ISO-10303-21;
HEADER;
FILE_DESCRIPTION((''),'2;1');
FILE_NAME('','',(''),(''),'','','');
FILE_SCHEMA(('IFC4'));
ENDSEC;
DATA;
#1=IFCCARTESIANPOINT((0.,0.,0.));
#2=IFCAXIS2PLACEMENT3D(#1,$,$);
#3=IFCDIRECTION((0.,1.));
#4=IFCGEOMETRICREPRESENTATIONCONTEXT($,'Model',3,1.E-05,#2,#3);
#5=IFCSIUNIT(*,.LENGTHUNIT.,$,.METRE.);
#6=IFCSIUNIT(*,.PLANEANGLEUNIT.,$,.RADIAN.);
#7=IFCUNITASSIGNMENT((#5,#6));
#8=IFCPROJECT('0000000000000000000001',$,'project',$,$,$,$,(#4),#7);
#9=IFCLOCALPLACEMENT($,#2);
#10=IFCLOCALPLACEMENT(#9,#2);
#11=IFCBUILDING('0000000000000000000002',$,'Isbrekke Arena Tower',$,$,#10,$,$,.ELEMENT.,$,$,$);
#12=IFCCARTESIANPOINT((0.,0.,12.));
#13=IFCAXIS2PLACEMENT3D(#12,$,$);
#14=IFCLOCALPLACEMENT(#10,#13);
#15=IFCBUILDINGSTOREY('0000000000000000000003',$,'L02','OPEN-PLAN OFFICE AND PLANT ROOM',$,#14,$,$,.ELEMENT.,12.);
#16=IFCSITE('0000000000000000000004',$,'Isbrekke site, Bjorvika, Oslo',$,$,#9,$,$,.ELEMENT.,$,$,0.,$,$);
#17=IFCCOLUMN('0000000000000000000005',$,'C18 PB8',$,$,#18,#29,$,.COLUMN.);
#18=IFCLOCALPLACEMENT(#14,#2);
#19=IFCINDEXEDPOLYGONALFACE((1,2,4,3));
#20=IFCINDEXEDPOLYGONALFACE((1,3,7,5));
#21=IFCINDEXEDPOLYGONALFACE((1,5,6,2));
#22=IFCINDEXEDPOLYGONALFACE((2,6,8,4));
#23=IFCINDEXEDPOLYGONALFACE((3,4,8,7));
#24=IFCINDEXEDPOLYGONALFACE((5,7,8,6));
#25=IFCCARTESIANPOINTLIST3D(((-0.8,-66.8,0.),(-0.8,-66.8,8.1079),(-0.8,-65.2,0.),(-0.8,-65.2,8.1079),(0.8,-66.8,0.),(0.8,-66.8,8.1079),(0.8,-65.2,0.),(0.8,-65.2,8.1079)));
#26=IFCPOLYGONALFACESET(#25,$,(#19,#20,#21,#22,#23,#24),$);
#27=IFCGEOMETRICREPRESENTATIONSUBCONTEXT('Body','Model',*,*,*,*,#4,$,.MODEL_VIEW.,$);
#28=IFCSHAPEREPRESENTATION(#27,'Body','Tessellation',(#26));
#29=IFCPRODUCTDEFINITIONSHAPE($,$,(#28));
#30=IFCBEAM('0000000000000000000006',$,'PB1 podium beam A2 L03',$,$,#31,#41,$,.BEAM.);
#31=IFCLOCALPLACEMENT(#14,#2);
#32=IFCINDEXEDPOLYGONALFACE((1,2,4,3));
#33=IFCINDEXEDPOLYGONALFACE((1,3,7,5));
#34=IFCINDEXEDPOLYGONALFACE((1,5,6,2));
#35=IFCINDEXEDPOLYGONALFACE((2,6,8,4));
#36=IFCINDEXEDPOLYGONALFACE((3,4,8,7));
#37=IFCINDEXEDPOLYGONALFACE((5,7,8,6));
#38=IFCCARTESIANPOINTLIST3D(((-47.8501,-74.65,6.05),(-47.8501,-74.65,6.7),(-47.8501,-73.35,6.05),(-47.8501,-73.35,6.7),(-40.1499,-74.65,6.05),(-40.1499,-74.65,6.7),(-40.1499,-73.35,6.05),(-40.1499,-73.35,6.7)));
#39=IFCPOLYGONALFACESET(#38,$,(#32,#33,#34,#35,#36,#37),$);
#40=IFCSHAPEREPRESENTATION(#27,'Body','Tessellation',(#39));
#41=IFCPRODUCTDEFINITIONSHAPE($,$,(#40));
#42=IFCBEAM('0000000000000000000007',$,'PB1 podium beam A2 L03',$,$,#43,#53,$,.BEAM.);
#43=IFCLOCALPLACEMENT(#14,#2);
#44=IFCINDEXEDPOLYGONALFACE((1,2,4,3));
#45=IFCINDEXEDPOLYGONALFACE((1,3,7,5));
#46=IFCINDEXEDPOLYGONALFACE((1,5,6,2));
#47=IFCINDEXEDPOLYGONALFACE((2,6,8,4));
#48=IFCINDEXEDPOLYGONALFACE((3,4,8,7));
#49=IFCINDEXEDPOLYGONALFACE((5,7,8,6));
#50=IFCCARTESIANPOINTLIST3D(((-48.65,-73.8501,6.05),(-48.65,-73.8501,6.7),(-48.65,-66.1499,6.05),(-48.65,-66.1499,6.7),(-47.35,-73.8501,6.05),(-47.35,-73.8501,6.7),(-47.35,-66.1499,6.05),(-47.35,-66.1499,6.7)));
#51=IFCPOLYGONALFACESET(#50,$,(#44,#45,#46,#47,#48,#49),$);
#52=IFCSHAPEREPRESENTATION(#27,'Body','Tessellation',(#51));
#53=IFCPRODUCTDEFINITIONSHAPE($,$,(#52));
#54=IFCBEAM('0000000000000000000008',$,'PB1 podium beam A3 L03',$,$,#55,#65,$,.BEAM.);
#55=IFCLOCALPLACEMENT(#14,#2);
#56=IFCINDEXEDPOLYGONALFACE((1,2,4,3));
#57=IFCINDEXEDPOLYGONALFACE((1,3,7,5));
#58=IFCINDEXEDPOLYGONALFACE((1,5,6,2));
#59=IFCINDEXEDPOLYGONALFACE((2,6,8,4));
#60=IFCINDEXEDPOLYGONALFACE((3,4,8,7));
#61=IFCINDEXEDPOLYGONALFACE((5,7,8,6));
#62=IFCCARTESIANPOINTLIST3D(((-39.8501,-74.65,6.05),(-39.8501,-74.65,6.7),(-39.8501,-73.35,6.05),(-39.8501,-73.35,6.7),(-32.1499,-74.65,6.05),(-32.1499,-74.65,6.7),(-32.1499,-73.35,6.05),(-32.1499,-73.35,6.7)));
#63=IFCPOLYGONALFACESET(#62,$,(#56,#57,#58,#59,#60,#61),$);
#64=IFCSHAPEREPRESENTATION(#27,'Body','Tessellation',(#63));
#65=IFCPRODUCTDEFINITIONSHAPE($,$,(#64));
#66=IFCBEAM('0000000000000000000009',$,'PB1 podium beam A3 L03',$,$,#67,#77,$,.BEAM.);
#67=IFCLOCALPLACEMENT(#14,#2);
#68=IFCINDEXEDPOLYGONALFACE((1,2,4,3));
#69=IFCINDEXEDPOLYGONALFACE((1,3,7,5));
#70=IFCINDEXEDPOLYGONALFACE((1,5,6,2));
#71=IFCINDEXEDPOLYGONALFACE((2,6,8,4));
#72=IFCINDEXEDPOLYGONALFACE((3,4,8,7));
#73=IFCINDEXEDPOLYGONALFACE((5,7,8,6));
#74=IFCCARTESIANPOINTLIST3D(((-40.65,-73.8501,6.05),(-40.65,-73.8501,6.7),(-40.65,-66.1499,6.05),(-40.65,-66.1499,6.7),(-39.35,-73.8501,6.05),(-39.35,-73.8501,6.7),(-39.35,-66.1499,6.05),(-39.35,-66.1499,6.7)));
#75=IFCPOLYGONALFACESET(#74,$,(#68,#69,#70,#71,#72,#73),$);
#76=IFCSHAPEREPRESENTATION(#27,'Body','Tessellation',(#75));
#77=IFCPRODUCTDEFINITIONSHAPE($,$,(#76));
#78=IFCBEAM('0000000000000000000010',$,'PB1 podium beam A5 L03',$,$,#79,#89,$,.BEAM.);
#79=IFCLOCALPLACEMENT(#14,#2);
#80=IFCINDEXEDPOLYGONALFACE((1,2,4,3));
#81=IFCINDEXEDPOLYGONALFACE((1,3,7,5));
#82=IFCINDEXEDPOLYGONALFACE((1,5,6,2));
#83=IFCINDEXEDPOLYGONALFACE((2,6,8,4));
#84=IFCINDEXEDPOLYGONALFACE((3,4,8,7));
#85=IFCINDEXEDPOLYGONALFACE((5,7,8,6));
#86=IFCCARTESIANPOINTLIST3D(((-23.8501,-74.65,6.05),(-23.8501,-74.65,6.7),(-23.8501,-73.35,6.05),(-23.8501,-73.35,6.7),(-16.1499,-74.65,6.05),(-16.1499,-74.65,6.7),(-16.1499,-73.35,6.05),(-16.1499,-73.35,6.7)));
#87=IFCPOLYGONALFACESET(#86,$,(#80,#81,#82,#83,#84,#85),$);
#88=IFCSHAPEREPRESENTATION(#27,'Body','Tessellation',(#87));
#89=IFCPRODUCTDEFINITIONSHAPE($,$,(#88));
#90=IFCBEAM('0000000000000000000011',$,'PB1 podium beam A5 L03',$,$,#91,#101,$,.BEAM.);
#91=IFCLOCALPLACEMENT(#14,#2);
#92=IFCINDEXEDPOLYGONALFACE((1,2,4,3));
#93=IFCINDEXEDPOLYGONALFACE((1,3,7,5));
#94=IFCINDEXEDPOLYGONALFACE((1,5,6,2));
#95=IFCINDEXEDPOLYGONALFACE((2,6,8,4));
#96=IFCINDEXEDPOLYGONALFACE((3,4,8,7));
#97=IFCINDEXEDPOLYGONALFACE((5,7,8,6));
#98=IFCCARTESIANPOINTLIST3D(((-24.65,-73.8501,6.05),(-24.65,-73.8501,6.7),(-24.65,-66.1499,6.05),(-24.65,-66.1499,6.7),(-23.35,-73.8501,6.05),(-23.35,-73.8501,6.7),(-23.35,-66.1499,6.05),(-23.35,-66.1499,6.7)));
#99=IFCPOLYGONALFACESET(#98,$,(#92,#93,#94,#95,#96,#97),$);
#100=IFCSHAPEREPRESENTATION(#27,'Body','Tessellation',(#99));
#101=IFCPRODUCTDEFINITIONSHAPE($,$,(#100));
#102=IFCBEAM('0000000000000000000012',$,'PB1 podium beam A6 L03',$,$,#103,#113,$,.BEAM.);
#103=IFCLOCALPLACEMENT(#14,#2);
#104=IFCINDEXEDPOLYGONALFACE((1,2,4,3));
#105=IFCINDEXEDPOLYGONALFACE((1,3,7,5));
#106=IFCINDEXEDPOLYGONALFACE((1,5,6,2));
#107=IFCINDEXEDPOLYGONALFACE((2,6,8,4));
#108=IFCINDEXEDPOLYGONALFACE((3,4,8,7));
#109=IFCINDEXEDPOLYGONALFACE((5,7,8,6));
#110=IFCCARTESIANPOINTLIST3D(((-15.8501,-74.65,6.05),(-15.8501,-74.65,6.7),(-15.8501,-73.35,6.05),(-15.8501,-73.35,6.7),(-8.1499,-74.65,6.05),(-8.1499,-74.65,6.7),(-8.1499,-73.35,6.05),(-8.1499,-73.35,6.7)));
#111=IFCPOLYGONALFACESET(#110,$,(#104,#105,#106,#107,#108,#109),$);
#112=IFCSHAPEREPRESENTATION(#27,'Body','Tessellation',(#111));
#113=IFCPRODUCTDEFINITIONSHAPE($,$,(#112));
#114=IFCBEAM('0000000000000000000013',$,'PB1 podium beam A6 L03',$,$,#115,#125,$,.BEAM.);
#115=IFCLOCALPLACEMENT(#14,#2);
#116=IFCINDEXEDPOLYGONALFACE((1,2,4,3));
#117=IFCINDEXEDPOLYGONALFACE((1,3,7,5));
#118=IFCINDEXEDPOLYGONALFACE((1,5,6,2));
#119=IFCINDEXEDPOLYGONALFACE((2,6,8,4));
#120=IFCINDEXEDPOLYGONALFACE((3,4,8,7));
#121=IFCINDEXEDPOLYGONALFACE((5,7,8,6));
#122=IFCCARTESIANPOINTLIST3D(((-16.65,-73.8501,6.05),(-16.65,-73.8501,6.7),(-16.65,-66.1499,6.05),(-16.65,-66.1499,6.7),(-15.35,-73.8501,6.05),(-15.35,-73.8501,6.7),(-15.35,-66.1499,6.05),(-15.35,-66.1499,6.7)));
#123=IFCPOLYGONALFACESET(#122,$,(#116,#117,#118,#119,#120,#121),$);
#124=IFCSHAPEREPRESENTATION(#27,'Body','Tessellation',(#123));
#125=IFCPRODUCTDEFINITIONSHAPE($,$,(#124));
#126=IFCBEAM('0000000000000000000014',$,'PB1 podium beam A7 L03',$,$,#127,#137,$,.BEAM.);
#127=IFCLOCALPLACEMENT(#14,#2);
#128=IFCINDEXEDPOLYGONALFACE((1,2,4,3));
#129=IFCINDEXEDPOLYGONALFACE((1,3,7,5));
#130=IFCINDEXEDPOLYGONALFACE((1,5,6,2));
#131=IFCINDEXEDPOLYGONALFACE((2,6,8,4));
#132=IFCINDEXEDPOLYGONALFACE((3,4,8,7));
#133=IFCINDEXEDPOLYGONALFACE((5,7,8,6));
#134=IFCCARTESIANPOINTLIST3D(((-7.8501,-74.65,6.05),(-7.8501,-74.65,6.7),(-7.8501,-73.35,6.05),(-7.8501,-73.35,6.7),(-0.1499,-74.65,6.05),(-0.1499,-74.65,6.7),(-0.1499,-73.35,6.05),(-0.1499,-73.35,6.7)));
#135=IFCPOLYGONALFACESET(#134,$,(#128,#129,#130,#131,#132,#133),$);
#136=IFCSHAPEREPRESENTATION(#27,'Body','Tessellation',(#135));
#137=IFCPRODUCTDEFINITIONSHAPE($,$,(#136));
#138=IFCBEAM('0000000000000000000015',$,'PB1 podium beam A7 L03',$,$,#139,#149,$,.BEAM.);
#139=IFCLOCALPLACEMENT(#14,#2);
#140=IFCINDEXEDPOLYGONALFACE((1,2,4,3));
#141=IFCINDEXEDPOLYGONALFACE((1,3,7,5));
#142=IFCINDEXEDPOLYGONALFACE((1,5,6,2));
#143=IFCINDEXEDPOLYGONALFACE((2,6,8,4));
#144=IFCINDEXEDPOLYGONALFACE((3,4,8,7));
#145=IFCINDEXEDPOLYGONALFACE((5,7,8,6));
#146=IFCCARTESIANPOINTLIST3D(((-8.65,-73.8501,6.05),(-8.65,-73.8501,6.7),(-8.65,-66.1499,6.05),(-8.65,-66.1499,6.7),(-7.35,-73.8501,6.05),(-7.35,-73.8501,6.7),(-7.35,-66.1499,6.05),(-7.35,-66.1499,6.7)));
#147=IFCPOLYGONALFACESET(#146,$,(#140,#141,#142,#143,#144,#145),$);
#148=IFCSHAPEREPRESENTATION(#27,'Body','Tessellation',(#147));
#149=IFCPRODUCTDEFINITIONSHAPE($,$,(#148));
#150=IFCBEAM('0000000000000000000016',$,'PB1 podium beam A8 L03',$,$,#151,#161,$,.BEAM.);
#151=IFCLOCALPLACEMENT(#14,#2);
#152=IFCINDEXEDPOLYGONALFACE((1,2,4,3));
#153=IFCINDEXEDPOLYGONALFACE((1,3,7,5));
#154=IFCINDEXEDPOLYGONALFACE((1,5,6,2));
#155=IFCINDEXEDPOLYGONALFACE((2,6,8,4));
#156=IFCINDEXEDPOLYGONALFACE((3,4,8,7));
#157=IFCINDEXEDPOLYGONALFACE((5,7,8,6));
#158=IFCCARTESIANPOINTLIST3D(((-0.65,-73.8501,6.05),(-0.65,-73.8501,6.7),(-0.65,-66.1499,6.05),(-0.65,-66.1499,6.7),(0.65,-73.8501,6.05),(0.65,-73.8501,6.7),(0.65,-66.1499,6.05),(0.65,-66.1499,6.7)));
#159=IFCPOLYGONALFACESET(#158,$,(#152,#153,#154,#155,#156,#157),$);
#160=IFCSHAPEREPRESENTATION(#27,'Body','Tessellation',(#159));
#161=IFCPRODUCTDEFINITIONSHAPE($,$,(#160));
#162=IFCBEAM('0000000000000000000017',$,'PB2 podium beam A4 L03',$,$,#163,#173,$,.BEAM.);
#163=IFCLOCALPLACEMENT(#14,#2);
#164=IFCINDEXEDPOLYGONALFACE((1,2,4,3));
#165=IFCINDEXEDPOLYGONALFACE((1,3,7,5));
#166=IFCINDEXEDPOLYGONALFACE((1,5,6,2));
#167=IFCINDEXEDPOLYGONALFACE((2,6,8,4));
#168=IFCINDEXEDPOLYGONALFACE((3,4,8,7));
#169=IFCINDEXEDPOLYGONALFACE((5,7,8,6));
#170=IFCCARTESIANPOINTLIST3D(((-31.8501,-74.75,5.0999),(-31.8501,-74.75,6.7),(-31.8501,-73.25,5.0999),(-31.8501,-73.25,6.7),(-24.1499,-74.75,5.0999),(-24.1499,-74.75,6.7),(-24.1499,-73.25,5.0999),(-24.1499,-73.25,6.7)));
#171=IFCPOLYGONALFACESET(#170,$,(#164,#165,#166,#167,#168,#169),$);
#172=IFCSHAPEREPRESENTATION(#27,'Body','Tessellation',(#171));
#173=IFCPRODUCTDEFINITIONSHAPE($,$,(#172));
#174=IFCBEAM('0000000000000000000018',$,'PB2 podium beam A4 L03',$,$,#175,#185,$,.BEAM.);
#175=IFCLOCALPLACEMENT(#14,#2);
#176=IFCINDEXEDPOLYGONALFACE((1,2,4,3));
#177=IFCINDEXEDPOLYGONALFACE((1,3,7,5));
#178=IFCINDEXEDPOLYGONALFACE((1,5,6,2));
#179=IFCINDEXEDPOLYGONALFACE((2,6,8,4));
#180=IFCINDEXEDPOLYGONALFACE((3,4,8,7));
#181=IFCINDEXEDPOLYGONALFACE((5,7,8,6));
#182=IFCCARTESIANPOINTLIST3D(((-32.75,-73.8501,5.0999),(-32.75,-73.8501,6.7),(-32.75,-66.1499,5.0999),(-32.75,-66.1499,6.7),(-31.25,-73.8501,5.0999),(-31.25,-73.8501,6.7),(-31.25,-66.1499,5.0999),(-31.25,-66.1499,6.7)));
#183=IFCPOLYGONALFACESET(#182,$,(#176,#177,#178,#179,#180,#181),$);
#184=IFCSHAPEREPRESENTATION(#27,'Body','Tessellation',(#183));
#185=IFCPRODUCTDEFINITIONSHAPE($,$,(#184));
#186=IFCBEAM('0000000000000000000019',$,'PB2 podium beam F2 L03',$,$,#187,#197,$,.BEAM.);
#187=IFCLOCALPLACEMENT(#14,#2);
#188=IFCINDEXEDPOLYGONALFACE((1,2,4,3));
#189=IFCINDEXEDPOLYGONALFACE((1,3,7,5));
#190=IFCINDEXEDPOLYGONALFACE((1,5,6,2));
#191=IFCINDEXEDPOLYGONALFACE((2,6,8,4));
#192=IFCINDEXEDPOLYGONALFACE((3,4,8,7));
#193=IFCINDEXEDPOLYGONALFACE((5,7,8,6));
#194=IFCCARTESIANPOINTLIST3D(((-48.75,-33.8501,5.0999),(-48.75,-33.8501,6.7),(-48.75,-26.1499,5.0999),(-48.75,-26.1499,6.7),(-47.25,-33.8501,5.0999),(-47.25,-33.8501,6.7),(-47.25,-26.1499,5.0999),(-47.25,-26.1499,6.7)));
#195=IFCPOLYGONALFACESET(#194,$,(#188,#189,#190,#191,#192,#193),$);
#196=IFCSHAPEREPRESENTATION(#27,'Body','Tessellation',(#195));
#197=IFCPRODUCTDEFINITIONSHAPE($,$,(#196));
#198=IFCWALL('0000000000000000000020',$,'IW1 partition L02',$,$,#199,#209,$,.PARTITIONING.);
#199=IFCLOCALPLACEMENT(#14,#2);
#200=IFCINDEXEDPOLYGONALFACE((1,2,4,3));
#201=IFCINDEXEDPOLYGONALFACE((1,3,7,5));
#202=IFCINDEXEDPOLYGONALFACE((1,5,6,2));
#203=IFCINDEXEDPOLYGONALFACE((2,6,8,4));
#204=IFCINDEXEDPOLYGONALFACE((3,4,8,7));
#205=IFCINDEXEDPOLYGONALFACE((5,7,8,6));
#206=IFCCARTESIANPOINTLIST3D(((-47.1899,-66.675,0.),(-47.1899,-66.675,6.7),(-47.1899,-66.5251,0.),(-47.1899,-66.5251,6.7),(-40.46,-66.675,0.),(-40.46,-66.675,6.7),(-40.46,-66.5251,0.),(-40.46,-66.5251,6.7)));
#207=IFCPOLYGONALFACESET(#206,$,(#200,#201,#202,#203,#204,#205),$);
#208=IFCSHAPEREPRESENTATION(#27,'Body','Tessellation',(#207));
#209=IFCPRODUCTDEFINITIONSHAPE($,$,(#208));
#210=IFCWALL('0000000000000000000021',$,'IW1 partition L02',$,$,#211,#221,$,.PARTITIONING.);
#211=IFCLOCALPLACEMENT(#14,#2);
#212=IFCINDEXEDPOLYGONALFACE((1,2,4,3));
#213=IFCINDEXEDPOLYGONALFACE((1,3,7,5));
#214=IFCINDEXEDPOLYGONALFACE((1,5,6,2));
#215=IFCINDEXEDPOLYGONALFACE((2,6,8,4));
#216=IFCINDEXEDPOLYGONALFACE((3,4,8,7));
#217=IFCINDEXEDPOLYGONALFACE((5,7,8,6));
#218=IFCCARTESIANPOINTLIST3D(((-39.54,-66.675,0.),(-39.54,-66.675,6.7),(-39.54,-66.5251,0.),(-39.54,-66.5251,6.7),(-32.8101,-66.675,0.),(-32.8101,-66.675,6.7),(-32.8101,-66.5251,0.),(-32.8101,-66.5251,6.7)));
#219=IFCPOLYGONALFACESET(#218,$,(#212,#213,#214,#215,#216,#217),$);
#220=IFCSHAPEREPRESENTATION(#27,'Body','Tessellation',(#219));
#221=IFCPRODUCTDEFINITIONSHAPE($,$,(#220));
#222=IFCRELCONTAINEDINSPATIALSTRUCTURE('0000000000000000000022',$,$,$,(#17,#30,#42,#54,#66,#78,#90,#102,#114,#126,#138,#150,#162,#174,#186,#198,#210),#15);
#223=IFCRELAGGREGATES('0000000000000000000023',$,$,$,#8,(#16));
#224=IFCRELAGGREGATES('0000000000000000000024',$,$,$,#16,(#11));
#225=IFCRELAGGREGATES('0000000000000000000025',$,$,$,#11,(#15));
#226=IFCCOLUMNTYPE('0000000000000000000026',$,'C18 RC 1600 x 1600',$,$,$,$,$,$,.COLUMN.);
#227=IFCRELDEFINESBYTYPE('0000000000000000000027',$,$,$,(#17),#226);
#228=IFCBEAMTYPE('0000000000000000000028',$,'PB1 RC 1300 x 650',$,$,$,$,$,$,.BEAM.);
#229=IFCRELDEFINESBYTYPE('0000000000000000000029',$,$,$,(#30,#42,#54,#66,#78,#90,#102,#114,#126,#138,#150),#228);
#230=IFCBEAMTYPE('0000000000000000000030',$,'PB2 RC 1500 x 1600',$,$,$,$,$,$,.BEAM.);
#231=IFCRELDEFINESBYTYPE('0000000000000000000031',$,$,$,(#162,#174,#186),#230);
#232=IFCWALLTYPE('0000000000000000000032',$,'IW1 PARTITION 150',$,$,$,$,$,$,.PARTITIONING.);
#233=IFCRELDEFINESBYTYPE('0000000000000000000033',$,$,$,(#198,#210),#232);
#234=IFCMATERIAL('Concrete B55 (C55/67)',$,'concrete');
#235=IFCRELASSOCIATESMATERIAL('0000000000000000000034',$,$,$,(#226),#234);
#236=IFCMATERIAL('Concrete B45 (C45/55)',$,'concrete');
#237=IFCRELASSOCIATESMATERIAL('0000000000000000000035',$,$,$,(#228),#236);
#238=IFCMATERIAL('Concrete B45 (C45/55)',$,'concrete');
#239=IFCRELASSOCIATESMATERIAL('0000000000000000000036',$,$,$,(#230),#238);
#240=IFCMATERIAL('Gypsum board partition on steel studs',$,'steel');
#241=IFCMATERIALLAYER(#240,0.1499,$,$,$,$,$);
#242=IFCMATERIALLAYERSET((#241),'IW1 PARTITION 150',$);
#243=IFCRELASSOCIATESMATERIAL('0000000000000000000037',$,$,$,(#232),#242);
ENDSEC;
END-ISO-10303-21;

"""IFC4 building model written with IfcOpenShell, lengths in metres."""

from ifc_helpers import new_model, si_unit, direction, frame, frame_2d, origin, origin_2d, place, context, subcontext, project, spatial, rectangle, extrude, material, layer, layer_set, material_profile, profile_set, type_object, element, save


model = new_model("IFC4")

# Units and contexts
model_context = context("Model", 3, precision=1e-05, world=origin(), true_north=direction((0.0, 1.0)))
body_context = subcontext(model_context, "Body", "Model", "MODEL_VIEW")
ifc_project = project(units=[si_unit("LENGTHUNIT", "METRE"), si_unit("PLANEANGLEUNIT", "RADIAN")], contexts=[model_context])

# Site, building, storey
site_placement = place(None, origin())
site = spatial("IfcSite", under=ifc_project, at=site_placement, Name="Isbrekke site, Bjorvika, Oslo", CompositionType="ELEMENT", RefElevation=0.0)
building_placement = place(site_placement, origin())
building = spatial("IfcBuilding", under=site, at=building_placement, Name="Isbrekke Arena Tower", CompositionType="ELEMENT")
storey_placement = place(building_placement, frame((0.0, 0.0, 12.0)))
storey = spatial("IfcBuildingStorey", under=building, at=storey_placement, Name="L02", Description="OPEN-PLAN OFFICE AND PLANT ROOM", CompositionType="ELEMENT", Elevation=12.0)

# Column
ifc_material_1 = material(Name="Concrete B55 (C55/67)", Category="concrete")
ifc_material_profile_1 = material_profile(ifc_material_1, rectangle(XDim=1.6001, YDim=1.6001, at=origin_2d()), Name="RC 1600x1600")
ifc_profile_set_1 = profile_set([ifc_material_profile_1], Name="Concrete B55 (C55/67)")
column_type_1 = type_object("IfcColumnType", Name="C18 RC 1600 x 1600", PredefinedType="COLUMN", material=ifc_profile_set_1)
column_1_placement = place(storey_placement, frame((0.0, -66.0, 0.0), z_axis=(0.0, 0.0, 1.0), x_axis=(1.0, 0.0, 0.0)))
element("IfcColumn", 1, at=column_1_placement, inside=storey, type_object=column_type_1, Name="C18 PB8", PredefinedType="COLUMN", context=body_context, shape_type="SweptSolid", body=[
    extrude(rectangle(XDim=1.6001, YDim=1.6001, at=origin_2d()), origin(), (0.0, 0.0, 1.0), 8.1079),
])

# Beams
ifc_material_2 = material(Name="Concrete B45 (C45/55)", Category="concrete")
ifc_material_profile_2 = material_profile(ifc_material_2, rectangle(XDim=1.3, YDim=0.6499, at=origin_2d()), Name="RC 1300x650")
ifc_profile_set_2 = profile_set([ifc_material_profile_2], Name="Concrete B45 (C45/55)")
beam_type_1 = type_object("IfcBeamType", Name="PB1 RC 1300 x 650", PredefinedType="BEAM", material=ifc_profile_set_2)
for number, where, z_axis, x_axis, name in (
    (2, (-47.8501, -74.0, 6.375), (1.0, 0.0, 0.0), (0.0, 1.0, 0.0), "PB1 podium beam A2 L03"),
    (3, (-48.0, -73.8501, 6.375), (0.0, 1.0, 0.0), (-1.0, 0.0, 0.0), "PB1 podium beam A2 L03"),
    (4, (-39.8501, -74.0, 6.375), (1.0, 0.0, 0.0), (0.0, 1.0, 0.0), "PB1 podium beam A3 L03"),
    (5, (-40.0, -73.8501, 6.375), (0.0, 1.0, 0.0), (-1.0, 0.0, 0.0), "PB1 podium beam A3 L03"),
    (6, (-23.8501, -74.0, 6.375), (1.0, 0.0, 0.0), (0.0, 1.0, 0.0), "PB1 podium beam A5 L03"),
    (7, (-24.0, -73.8501, 6.375), (0.0, 1.0, 0.0), (-1.0, 0.0, 0.0), "PB1 podium beam A5 L03"),
    (8, (-15.8501, -74.0, 6.375), (1.0, 0.0, 0.0), (0.0, 1.0, 0.0), "PB1 podium beam A6 L03"),
    (9, (-16.0, -73.8501, 6.375), (0.0, 1.0, 0.0), (-1.0, 0.0, 0.0), "PB1 podium beam A6 L03"),
    (10, (-7.8501, -74.0, 6.375), (1.0, 0.0, 0.0), (0.0, 1.0, 0.0), "PB1 podium beam A7 L03"),
    (11, (-8.0, -73.8501, 6.375), (0.0, 1.0, 0.0), (-1.0, 0.0, 0.0), "PB1 podium beam A7 L03"),
    (12, (0.0, -73.8501, 6.375), (0.0, 1.0, 0.0), (-1.0, 0.0, 0.0), "PB1 podium beam A8 L03"),
):
    element("IfcBeam", number, at=place(storey_placement, frame(where, z_axis=z_axis, x_axis=x_axis)), inside=storey, type_object=beam_type_1, Name=name, PredefinedType="BEAM", context=body_context, shape_type="SweptSolid", body=[
        extrude(rectangle(XDim=1.3, YDim=0.6499, at=origin_2d()), origin(), (0.0, 0.0, 1.0), 7.7002),
    ])
ifc_material_3 = material(Name="Concrete B45 (C45/55)", Category="concrete")
ifc_material_profile_3 = material_profile(ifc_material_3, rectangle(XDim=1.5, YDim=1.6001, at=origin_2d()), Name="RC 1500x1600")
ifc_profile_set_3 = profile_set([ifc_material_profile_3], Name="Concrete B45 (C45/55)")
beam_type_2 = type_object("IfcBeamType", Name="PB2 RC 1500 x 1600", PredefinedType="BEAM", material=ifc_profile_set_3)
for number, where, z_axis, x_axis, name in (
    (13, (-31.8501, -74.0, 5.8999), (1.0, 0.0, 0.0), (0.0, 1.0, 0.0), "PB2 podium beam A4 L03"),
    (14, (-32.0, -73.8501, 5.8999), (0.0, 1.0, 0.0), (-1.0, 0.0, 0.0), "PB2 podium beam A4 L03"),
    (15, (-48.0, -33.8501, 5.8999), (0.0, 1.0, 0.0), (-1.0, 0.0, 0.0), "PB2 podium beam F2 L03"),
):
    element("IfcBeam", number, at=place(storey_placement, frame(where, z_axis=z_axis, x_axis=x_axis)), inside=storey, type_object=beam_type_2, Name=name, PredefinedType="BEAM", context=body_context, shape_type="SweptSolid", body=[
        extrude(rectangle(XDim=1.5, YDim=1.6001, at=origin_2d()), origin(), (0.0, 0.0, 1.0), 7.7002),
    ])

# Walls
ifc_material_4 = material(Name="Gypsum board partition on steel studs", Category="steel")
ifc_layer = layer(ifc_material_4, 0.1499)
ifc_layer_set = layer_set([ifc_layer], Name="IW1 PARTITION 150")
wall_type = type_object("IfcWallType", Name="IW1 PARTITION 150", PredefinedType="PARTITIONING", material=ifc_layer_set)
for number, where, z_axis, x_axis, name in (
    (16, (-47.1899, -66.6001, 0.0), (0.0, 0.0, 1.0), (1.0, 0.0, 0.0), "IW1 partition L02"),
    (17, (-39.54, -66.6001, 0.0), (0.0, 0.0, 1.0), (1.0, 0.0, 0.0), "IW1 partition L02"),
):
    element("IfcWall", number, at=place(storey_placement, frame(where, z_axis=z_axis, x_axis=x_axis)), inside=storey, type_object=wall_type, Name=name, PredefinedType="PARTITIONING", context=body_context, shape_type="SweptSolid", body=[
        extrude(rectangle(XDim=6.73, YDim=0.1499, at=frame_2d((3.365, 0.0))), origin(), (0.0, 0.0, 1.0), 6.7),
    ])

save(model, "model.ifc")
